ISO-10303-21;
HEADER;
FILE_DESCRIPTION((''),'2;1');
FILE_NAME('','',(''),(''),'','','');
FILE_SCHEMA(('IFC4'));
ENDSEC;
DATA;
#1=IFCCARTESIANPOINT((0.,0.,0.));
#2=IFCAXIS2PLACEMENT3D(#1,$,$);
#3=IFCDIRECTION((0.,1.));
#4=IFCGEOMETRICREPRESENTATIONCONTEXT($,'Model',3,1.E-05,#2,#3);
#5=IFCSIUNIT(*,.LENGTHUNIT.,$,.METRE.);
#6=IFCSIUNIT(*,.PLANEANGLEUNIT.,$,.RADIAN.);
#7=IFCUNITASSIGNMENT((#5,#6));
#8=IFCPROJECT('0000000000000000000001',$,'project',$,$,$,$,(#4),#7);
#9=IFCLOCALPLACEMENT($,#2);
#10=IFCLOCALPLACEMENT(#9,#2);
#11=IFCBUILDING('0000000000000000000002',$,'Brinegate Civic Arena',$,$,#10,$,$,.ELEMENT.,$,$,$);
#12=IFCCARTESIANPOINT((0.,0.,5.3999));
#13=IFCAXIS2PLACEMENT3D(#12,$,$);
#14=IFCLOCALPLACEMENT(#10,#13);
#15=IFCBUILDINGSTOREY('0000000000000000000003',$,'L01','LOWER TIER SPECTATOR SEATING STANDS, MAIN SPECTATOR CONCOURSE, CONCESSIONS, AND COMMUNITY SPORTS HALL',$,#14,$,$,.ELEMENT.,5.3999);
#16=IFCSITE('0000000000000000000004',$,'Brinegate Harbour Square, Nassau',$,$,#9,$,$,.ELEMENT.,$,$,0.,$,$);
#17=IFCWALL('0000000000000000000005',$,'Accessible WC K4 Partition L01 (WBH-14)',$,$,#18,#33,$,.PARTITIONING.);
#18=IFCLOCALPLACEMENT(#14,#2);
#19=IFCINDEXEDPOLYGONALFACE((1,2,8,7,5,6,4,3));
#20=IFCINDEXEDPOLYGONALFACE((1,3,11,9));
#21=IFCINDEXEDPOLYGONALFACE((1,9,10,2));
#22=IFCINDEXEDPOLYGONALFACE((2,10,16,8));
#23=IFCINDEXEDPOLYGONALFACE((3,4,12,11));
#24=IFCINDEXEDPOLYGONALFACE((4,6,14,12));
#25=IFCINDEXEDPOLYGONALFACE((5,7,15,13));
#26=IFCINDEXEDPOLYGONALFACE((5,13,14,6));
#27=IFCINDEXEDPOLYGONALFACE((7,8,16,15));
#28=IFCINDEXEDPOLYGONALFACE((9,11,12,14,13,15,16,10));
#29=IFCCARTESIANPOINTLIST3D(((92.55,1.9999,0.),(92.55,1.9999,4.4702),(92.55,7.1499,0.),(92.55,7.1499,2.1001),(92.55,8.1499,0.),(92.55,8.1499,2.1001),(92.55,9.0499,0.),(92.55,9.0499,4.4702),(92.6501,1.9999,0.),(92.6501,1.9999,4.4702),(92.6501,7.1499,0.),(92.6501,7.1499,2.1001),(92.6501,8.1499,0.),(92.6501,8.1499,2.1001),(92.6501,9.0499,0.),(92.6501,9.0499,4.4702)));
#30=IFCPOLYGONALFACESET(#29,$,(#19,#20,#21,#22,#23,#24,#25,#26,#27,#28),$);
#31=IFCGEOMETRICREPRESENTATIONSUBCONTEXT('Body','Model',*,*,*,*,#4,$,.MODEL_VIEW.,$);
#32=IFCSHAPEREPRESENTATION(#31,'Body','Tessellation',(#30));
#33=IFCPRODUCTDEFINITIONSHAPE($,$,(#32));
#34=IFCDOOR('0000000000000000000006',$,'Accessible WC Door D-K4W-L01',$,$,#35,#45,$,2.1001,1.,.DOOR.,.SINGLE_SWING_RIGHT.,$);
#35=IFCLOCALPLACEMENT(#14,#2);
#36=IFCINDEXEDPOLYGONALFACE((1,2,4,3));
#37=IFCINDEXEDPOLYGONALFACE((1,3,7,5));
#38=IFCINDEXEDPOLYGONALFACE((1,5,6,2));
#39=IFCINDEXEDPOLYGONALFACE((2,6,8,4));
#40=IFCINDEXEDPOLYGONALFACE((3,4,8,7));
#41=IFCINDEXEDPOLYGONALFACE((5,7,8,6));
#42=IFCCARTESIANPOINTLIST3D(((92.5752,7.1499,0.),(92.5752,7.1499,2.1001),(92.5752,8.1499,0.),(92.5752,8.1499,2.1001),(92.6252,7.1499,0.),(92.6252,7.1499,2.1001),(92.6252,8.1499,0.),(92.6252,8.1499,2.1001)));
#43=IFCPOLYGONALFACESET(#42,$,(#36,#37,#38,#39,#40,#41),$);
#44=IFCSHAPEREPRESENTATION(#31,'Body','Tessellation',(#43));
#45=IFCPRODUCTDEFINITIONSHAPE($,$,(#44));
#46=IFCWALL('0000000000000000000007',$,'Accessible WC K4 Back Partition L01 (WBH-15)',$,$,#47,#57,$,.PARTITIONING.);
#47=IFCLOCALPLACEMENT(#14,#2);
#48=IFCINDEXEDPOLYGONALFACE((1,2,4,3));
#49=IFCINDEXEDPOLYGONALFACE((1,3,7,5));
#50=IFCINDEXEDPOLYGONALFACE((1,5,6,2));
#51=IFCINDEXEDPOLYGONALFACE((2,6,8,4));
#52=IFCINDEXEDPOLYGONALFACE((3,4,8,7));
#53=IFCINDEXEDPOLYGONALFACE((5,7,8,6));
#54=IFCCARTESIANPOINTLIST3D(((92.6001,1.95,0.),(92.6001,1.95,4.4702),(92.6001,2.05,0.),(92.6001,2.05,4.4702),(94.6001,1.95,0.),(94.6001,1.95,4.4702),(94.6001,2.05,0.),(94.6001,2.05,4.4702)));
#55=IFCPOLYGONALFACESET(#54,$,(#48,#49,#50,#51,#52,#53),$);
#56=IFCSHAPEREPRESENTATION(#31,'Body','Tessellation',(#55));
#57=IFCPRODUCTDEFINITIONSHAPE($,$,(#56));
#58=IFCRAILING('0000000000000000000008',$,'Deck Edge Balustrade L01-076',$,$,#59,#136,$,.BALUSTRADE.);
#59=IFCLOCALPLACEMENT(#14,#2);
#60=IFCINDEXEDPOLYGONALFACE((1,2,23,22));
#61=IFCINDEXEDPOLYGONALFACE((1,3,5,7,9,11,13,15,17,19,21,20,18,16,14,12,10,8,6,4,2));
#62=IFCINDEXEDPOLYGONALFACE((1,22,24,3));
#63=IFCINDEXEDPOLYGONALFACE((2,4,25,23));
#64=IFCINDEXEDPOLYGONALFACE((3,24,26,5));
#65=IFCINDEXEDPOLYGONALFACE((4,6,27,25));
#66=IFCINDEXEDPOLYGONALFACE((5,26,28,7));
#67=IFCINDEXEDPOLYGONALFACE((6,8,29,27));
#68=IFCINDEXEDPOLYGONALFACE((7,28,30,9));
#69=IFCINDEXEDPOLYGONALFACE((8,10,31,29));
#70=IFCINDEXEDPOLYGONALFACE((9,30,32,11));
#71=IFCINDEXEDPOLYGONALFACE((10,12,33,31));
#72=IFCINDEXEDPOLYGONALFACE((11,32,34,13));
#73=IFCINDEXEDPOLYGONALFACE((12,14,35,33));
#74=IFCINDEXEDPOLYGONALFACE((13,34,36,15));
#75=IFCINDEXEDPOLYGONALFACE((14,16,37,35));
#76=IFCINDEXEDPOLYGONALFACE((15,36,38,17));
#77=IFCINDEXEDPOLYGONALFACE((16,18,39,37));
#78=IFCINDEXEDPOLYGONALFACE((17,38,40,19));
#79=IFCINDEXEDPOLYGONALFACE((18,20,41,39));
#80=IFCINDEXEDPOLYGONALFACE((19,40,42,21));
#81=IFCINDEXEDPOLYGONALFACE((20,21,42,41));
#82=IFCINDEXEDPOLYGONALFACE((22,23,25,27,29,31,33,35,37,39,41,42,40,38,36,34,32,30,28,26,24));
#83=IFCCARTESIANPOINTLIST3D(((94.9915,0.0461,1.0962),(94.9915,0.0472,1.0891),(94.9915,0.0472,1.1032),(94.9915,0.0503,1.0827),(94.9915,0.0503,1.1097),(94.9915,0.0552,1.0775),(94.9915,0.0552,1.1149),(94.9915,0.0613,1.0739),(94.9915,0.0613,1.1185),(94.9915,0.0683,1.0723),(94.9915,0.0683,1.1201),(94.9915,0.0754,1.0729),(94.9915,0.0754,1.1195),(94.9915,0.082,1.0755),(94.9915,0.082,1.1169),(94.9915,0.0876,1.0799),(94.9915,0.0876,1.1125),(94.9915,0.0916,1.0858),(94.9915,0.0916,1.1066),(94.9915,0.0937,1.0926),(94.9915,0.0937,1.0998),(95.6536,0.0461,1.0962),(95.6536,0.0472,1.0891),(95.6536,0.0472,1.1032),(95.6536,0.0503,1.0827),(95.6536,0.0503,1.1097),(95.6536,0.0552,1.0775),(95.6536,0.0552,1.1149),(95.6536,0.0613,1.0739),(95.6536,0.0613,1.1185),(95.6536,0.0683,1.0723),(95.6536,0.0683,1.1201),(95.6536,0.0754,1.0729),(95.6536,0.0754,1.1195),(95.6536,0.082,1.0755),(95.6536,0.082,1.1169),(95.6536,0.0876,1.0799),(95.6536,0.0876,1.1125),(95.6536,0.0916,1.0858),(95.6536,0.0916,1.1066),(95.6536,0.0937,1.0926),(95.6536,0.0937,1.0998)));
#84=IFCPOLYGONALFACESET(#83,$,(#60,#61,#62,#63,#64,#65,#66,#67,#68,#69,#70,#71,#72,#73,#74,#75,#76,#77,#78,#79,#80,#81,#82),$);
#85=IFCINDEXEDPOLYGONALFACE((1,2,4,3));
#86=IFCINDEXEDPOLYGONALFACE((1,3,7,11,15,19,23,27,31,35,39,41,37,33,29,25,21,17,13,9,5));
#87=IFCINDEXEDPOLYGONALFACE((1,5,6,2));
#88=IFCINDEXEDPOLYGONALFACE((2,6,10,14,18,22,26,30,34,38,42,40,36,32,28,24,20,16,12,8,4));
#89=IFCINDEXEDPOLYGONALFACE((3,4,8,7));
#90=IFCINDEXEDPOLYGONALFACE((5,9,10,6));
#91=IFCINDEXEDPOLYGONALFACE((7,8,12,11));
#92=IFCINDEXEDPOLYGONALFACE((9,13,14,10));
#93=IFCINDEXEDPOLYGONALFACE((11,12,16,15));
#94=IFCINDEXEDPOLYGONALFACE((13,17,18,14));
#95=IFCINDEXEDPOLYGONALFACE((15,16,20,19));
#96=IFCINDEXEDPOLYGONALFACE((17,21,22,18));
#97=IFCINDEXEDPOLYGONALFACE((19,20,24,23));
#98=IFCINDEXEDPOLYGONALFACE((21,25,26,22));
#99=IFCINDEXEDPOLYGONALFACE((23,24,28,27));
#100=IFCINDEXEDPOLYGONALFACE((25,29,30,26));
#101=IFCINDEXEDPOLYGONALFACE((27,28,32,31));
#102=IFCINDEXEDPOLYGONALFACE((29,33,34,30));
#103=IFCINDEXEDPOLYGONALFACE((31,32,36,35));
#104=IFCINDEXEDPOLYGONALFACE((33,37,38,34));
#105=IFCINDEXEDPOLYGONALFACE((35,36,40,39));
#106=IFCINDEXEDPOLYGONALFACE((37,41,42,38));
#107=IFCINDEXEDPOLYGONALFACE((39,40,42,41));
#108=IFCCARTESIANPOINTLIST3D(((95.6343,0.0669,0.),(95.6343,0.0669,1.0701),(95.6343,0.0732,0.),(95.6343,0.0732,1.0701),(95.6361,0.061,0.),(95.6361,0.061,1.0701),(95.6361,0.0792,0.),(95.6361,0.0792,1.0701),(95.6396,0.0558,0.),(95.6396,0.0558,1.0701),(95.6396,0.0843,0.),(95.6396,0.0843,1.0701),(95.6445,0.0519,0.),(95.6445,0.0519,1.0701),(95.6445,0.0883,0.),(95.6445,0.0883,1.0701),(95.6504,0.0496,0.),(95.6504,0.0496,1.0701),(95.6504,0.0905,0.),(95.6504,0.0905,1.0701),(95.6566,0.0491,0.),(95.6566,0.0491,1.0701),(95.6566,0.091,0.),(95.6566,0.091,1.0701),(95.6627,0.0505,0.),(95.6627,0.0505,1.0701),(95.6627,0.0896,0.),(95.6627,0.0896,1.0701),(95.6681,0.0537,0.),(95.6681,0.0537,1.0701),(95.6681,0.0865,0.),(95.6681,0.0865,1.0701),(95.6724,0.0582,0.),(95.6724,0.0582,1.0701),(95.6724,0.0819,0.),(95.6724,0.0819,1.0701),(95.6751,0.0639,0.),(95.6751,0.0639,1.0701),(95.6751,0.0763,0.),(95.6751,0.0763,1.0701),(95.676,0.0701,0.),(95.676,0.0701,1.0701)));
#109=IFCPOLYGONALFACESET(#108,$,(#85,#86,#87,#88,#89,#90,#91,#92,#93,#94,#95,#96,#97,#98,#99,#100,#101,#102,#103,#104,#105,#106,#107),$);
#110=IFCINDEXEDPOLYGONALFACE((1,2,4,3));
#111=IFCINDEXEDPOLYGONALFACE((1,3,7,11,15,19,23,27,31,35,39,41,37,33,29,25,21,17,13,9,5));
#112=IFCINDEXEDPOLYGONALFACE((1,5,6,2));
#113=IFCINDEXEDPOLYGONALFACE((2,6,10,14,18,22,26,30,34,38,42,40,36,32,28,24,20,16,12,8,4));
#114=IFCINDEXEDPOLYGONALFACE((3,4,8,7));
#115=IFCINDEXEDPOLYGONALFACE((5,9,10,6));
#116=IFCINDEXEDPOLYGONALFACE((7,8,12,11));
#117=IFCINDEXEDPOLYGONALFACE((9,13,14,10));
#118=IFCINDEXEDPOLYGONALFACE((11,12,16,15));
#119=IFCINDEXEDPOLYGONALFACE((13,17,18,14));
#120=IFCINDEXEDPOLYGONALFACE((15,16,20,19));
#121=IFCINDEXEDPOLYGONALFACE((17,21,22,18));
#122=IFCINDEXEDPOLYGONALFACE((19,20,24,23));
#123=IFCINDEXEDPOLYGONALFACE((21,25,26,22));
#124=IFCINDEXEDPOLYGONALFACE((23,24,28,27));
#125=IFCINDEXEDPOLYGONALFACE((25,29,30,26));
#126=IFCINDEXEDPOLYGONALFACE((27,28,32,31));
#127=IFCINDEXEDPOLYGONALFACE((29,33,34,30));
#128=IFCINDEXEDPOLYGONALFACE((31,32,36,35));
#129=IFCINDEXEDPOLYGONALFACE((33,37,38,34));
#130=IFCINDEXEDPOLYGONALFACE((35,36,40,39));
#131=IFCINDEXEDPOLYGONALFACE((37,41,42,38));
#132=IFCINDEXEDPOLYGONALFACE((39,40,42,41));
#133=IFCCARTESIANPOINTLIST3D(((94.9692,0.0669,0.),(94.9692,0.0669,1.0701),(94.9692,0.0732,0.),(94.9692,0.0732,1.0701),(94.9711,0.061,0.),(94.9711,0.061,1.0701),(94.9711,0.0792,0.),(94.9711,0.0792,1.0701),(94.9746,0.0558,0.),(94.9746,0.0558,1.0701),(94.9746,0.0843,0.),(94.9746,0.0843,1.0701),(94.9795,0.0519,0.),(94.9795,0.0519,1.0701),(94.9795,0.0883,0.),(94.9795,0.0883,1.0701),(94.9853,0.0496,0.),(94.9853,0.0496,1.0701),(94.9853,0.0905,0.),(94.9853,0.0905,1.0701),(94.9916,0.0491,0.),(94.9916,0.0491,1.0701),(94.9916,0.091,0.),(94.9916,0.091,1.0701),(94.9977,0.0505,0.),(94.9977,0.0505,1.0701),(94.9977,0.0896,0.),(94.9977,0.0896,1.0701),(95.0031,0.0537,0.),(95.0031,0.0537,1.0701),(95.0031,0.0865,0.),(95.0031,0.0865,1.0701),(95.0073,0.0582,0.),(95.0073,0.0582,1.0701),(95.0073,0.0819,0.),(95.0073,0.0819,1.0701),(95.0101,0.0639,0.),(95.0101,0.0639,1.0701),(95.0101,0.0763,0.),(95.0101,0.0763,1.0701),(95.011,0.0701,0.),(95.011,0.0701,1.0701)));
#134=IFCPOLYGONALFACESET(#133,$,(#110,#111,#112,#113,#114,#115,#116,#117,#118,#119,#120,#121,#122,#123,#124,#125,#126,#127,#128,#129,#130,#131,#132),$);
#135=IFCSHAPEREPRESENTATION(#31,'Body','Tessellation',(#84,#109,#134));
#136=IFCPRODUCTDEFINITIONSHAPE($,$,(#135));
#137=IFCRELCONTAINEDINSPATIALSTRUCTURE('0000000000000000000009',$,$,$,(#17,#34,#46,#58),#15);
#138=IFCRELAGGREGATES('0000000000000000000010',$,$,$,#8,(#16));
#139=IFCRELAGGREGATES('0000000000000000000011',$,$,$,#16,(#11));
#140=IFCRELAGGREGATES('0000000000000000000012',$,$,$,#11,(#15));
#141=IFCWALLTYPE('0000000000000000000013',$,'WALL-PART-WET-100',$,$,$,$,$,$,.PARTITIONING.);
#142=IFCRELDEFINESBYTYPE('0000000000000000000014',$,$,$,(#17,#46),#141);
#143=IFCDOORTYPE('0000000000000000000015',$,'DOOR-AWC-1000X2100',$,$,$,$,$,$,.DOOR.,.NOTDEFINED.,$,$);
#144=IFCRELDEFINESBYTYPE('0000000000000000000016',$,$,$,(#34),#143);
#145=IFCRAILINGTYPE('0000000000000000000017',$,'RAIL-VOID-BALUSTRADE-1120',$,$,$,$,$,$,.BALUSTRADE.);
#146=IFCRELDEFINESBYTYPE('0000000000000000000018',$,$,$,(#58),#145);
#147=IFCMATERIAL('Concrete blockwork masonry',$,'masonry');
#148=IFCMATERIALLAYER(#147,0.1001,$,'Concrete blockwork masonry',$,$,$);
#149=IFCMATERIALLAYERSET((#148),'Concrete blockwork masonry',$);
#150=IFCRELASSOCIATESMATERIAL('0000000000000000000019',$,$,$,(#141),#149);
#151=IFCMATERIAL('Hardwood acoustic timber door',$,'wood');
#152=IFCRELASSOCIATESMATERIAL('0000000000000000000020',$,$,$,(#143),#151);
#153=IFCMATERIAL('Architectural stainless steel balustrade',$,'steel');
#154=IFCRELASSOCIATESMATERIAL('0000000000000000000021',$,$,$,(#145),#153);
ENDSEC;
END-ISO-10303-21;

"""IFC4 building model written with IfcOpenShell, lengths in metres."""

from ifc_helpers import new_model, si_unit, direction, frame, frame_2d, origin, origin_2d, place, context, subcontext, project, spatial, rectangle, circle, extrude, material, layer, layer_set, type_object, element, fill, save


model = new_model("IFC4")

# Units and contexts
model_context = context("Model", 3, precision=1e-05, world=origin(), true_north=direction((0.0, 1.0)))
body_context = subcontext(model_context, "Body", "Model", "MODEL_VIEW")
ifc_project = project(units=[si_unit("LENGTHUNIT", "METRE"), si_unit("PLANEANGLEUNIT", "RADIAN")], contexts=[model_context])

# Site, building, storey
site_placement = place(None, origin())
site = spatial("IfcSite", under=ifc_project, at=site_placement, Name="Brinegate Harbour Square, Nassau", CompositionType="ELEMENT", RefElevation=0.0)
building_placement = place(site_placement, origin())
building = spatial("IfcBuilding", under=site, at=building_placement, Name="Brinegate Civic Arena", CompositionType="ELEMENT")
storey_placement = place(building_placement, frame((0.0, 0.0, 5.3999)))
storey = spatial("IfcBuildingStorey", under=building, at=storey_placement, Name="L01", Description="LOWER TIER SPECTATOR SEATING STANDS, MAIN SPECTATOR CONCOURSE, CONCESSIONS, AND COMMUNITY SPORTS HALL", CompositionType="ELEMENT", Elevation=5.3999)

# Wall, opening, door
ifc_material_1 = material(Name="Concrete blockwork masonry", Category="masonry")
ifc_layer_1 = layer(ifc_material_1, 0.1001, Name="Concrete blockwork masonry")
ifc_layer_set_1 = layer_set([ifc_layer_1], Name="Concrete blockwork masonry")
wall_type_1 = type_object("IfcWallType", Name="WALL-PART-WET-100", PredefinedType="PARTITIONING", material=ifc_layer_set_1)
wall_1_placement = place(storey_placement, frame((92.6001, 2.0, 0.0), z_axis=(0.0, 0.0, 1.0), x_axis=(0.0, 1.0, 0.0)))
wall_1 = element("IfcWall", 1, at=wall_1_placement, inside=storey, type_object=wall_type_1, Name="Accessible WC K4 Partition L01 (WBH-14)", PredefinedType="PARTITIONING", context=body_context, shape_type="SweptSolid", body=[
    extrude(rectangle(XDim=7.05, YDim=0.1001, at=frame_2d((3.5249, 0.0))), origin(), (0.0, 0.0, 1.0), 4.4702),
])
opening_placement = place(wall_1_placement, frame((5.1499, 0.0, 0.0)))
opening = element("IfcOpeningElement", 2, at=opening_placement, cuts=wall_1, PredefinedType="OPENING", context=body_context, shape_type="SweptSolid", body=[
    extrude(rectangle(XDim=1.0, YDim=2.1001, at=frame_2d((0.5, 1.05))), frame((0.0, 0.0601, 0.0), z_axis=(0.0, -1.0, 0.0), x_axis=(1.0, 0.0, 0.0)), (0.0, 0.0, 1.0), 0.1201),
])
ifc_material_2 = material(Name="Hardwood acoustic timber door", Category="wood")
door_type = type_object("IfcDoorType", Name="DOOR-AWC-1000X2100", OperationType="NOTDEFINED", PredefinedType="DOOR", material=ifc_material_2)
door_placement = place(opening_placement, origin())
door = element("IfcDoor", 3, at=door_placement, inside=storey, type_object=door_type, Name="Accessible WC Door D-K4W-L01", OperationType="SINGLE_SWING_RIGHT", OverallHeight=2.1001, OverallWidth=1.0, PredefinedType="DOOR", context=body_context, shape_type="SweptSolid", body=[
    extrude(rectangle(XDim=1.0, YDim=2.1001, at=frame_2d((0.5, 1.05))), frame((0.0, 0.0249, 0.0), z_axis=(0.0, -1.0, 0.0), x_axis=(1.0, 0.0, 0.0)), (0.0, 0.0, 1.0), 0.05),
])
fill(opening, door)

# Wall
wall_2_placement = place(storey_placement, frame((92.6001, 2.0, 0.0), z_axis=(0.0, 0.0, 1.0), x_axis=(1.0, 0.0, 0.0)))
element("IfcWall", 4, at=wall_2_placement, inside=storey, type_object=wall_type_1, Name="Accessible WC K4 Back Partition L01 (WBH-15)", PredefinedType="PARTITIONING", context=body_context, shape_type="SweptSolid", body=[
    extrude(rectangle(XDim=2.0, YDim=0.1001, at=frame_2d((1.0, 0.0))), origin(), (0.0, 0.0, 1.0), 4.4702),
])

# Railing
ifc_material_3 = material(Name="Architectural stainless steel balustrade", Category="steel")
railing_type = type_object("IfcRailingType", Name="RAIL-VOID-BALUSTRADE-1120", PredefinedType="BALUSTRADE", material=ifc_material_3)
railing_placement = place(storey_placement, frame((95.655, 0.0701, 0.0)))
element("IfcRailing", 5, at=railing_placement, inside=storey, type_object=railing_type, Name="Deck Edge Balustrade L01-076", PredefinedType="BALUSTRADE", context=body_context, shape_type="SweptSolid", body=[
    extrude(circle(Radius=0.0239, at=origin_2d()), frame((-0.0015, 0.0, 1.0962), z_axis=(-1.0, 0.0, 0.0), x_axis=(0.0, -1.0, 0.0)), (0.0, 0.0, 1.0), 0.6621),
    extrude(circle(Radius=0.021, at=origin_2d()), origin(), (0.0, 0.0, 1.0), 1.0701),
    extrude(circle(Radius=0.021, at=origin_2d()), frame((-0.665, 0.0, 0.0)), (0.0, 0.0, 1.0), 1.0701),
])

save(model, "model.ifc")
